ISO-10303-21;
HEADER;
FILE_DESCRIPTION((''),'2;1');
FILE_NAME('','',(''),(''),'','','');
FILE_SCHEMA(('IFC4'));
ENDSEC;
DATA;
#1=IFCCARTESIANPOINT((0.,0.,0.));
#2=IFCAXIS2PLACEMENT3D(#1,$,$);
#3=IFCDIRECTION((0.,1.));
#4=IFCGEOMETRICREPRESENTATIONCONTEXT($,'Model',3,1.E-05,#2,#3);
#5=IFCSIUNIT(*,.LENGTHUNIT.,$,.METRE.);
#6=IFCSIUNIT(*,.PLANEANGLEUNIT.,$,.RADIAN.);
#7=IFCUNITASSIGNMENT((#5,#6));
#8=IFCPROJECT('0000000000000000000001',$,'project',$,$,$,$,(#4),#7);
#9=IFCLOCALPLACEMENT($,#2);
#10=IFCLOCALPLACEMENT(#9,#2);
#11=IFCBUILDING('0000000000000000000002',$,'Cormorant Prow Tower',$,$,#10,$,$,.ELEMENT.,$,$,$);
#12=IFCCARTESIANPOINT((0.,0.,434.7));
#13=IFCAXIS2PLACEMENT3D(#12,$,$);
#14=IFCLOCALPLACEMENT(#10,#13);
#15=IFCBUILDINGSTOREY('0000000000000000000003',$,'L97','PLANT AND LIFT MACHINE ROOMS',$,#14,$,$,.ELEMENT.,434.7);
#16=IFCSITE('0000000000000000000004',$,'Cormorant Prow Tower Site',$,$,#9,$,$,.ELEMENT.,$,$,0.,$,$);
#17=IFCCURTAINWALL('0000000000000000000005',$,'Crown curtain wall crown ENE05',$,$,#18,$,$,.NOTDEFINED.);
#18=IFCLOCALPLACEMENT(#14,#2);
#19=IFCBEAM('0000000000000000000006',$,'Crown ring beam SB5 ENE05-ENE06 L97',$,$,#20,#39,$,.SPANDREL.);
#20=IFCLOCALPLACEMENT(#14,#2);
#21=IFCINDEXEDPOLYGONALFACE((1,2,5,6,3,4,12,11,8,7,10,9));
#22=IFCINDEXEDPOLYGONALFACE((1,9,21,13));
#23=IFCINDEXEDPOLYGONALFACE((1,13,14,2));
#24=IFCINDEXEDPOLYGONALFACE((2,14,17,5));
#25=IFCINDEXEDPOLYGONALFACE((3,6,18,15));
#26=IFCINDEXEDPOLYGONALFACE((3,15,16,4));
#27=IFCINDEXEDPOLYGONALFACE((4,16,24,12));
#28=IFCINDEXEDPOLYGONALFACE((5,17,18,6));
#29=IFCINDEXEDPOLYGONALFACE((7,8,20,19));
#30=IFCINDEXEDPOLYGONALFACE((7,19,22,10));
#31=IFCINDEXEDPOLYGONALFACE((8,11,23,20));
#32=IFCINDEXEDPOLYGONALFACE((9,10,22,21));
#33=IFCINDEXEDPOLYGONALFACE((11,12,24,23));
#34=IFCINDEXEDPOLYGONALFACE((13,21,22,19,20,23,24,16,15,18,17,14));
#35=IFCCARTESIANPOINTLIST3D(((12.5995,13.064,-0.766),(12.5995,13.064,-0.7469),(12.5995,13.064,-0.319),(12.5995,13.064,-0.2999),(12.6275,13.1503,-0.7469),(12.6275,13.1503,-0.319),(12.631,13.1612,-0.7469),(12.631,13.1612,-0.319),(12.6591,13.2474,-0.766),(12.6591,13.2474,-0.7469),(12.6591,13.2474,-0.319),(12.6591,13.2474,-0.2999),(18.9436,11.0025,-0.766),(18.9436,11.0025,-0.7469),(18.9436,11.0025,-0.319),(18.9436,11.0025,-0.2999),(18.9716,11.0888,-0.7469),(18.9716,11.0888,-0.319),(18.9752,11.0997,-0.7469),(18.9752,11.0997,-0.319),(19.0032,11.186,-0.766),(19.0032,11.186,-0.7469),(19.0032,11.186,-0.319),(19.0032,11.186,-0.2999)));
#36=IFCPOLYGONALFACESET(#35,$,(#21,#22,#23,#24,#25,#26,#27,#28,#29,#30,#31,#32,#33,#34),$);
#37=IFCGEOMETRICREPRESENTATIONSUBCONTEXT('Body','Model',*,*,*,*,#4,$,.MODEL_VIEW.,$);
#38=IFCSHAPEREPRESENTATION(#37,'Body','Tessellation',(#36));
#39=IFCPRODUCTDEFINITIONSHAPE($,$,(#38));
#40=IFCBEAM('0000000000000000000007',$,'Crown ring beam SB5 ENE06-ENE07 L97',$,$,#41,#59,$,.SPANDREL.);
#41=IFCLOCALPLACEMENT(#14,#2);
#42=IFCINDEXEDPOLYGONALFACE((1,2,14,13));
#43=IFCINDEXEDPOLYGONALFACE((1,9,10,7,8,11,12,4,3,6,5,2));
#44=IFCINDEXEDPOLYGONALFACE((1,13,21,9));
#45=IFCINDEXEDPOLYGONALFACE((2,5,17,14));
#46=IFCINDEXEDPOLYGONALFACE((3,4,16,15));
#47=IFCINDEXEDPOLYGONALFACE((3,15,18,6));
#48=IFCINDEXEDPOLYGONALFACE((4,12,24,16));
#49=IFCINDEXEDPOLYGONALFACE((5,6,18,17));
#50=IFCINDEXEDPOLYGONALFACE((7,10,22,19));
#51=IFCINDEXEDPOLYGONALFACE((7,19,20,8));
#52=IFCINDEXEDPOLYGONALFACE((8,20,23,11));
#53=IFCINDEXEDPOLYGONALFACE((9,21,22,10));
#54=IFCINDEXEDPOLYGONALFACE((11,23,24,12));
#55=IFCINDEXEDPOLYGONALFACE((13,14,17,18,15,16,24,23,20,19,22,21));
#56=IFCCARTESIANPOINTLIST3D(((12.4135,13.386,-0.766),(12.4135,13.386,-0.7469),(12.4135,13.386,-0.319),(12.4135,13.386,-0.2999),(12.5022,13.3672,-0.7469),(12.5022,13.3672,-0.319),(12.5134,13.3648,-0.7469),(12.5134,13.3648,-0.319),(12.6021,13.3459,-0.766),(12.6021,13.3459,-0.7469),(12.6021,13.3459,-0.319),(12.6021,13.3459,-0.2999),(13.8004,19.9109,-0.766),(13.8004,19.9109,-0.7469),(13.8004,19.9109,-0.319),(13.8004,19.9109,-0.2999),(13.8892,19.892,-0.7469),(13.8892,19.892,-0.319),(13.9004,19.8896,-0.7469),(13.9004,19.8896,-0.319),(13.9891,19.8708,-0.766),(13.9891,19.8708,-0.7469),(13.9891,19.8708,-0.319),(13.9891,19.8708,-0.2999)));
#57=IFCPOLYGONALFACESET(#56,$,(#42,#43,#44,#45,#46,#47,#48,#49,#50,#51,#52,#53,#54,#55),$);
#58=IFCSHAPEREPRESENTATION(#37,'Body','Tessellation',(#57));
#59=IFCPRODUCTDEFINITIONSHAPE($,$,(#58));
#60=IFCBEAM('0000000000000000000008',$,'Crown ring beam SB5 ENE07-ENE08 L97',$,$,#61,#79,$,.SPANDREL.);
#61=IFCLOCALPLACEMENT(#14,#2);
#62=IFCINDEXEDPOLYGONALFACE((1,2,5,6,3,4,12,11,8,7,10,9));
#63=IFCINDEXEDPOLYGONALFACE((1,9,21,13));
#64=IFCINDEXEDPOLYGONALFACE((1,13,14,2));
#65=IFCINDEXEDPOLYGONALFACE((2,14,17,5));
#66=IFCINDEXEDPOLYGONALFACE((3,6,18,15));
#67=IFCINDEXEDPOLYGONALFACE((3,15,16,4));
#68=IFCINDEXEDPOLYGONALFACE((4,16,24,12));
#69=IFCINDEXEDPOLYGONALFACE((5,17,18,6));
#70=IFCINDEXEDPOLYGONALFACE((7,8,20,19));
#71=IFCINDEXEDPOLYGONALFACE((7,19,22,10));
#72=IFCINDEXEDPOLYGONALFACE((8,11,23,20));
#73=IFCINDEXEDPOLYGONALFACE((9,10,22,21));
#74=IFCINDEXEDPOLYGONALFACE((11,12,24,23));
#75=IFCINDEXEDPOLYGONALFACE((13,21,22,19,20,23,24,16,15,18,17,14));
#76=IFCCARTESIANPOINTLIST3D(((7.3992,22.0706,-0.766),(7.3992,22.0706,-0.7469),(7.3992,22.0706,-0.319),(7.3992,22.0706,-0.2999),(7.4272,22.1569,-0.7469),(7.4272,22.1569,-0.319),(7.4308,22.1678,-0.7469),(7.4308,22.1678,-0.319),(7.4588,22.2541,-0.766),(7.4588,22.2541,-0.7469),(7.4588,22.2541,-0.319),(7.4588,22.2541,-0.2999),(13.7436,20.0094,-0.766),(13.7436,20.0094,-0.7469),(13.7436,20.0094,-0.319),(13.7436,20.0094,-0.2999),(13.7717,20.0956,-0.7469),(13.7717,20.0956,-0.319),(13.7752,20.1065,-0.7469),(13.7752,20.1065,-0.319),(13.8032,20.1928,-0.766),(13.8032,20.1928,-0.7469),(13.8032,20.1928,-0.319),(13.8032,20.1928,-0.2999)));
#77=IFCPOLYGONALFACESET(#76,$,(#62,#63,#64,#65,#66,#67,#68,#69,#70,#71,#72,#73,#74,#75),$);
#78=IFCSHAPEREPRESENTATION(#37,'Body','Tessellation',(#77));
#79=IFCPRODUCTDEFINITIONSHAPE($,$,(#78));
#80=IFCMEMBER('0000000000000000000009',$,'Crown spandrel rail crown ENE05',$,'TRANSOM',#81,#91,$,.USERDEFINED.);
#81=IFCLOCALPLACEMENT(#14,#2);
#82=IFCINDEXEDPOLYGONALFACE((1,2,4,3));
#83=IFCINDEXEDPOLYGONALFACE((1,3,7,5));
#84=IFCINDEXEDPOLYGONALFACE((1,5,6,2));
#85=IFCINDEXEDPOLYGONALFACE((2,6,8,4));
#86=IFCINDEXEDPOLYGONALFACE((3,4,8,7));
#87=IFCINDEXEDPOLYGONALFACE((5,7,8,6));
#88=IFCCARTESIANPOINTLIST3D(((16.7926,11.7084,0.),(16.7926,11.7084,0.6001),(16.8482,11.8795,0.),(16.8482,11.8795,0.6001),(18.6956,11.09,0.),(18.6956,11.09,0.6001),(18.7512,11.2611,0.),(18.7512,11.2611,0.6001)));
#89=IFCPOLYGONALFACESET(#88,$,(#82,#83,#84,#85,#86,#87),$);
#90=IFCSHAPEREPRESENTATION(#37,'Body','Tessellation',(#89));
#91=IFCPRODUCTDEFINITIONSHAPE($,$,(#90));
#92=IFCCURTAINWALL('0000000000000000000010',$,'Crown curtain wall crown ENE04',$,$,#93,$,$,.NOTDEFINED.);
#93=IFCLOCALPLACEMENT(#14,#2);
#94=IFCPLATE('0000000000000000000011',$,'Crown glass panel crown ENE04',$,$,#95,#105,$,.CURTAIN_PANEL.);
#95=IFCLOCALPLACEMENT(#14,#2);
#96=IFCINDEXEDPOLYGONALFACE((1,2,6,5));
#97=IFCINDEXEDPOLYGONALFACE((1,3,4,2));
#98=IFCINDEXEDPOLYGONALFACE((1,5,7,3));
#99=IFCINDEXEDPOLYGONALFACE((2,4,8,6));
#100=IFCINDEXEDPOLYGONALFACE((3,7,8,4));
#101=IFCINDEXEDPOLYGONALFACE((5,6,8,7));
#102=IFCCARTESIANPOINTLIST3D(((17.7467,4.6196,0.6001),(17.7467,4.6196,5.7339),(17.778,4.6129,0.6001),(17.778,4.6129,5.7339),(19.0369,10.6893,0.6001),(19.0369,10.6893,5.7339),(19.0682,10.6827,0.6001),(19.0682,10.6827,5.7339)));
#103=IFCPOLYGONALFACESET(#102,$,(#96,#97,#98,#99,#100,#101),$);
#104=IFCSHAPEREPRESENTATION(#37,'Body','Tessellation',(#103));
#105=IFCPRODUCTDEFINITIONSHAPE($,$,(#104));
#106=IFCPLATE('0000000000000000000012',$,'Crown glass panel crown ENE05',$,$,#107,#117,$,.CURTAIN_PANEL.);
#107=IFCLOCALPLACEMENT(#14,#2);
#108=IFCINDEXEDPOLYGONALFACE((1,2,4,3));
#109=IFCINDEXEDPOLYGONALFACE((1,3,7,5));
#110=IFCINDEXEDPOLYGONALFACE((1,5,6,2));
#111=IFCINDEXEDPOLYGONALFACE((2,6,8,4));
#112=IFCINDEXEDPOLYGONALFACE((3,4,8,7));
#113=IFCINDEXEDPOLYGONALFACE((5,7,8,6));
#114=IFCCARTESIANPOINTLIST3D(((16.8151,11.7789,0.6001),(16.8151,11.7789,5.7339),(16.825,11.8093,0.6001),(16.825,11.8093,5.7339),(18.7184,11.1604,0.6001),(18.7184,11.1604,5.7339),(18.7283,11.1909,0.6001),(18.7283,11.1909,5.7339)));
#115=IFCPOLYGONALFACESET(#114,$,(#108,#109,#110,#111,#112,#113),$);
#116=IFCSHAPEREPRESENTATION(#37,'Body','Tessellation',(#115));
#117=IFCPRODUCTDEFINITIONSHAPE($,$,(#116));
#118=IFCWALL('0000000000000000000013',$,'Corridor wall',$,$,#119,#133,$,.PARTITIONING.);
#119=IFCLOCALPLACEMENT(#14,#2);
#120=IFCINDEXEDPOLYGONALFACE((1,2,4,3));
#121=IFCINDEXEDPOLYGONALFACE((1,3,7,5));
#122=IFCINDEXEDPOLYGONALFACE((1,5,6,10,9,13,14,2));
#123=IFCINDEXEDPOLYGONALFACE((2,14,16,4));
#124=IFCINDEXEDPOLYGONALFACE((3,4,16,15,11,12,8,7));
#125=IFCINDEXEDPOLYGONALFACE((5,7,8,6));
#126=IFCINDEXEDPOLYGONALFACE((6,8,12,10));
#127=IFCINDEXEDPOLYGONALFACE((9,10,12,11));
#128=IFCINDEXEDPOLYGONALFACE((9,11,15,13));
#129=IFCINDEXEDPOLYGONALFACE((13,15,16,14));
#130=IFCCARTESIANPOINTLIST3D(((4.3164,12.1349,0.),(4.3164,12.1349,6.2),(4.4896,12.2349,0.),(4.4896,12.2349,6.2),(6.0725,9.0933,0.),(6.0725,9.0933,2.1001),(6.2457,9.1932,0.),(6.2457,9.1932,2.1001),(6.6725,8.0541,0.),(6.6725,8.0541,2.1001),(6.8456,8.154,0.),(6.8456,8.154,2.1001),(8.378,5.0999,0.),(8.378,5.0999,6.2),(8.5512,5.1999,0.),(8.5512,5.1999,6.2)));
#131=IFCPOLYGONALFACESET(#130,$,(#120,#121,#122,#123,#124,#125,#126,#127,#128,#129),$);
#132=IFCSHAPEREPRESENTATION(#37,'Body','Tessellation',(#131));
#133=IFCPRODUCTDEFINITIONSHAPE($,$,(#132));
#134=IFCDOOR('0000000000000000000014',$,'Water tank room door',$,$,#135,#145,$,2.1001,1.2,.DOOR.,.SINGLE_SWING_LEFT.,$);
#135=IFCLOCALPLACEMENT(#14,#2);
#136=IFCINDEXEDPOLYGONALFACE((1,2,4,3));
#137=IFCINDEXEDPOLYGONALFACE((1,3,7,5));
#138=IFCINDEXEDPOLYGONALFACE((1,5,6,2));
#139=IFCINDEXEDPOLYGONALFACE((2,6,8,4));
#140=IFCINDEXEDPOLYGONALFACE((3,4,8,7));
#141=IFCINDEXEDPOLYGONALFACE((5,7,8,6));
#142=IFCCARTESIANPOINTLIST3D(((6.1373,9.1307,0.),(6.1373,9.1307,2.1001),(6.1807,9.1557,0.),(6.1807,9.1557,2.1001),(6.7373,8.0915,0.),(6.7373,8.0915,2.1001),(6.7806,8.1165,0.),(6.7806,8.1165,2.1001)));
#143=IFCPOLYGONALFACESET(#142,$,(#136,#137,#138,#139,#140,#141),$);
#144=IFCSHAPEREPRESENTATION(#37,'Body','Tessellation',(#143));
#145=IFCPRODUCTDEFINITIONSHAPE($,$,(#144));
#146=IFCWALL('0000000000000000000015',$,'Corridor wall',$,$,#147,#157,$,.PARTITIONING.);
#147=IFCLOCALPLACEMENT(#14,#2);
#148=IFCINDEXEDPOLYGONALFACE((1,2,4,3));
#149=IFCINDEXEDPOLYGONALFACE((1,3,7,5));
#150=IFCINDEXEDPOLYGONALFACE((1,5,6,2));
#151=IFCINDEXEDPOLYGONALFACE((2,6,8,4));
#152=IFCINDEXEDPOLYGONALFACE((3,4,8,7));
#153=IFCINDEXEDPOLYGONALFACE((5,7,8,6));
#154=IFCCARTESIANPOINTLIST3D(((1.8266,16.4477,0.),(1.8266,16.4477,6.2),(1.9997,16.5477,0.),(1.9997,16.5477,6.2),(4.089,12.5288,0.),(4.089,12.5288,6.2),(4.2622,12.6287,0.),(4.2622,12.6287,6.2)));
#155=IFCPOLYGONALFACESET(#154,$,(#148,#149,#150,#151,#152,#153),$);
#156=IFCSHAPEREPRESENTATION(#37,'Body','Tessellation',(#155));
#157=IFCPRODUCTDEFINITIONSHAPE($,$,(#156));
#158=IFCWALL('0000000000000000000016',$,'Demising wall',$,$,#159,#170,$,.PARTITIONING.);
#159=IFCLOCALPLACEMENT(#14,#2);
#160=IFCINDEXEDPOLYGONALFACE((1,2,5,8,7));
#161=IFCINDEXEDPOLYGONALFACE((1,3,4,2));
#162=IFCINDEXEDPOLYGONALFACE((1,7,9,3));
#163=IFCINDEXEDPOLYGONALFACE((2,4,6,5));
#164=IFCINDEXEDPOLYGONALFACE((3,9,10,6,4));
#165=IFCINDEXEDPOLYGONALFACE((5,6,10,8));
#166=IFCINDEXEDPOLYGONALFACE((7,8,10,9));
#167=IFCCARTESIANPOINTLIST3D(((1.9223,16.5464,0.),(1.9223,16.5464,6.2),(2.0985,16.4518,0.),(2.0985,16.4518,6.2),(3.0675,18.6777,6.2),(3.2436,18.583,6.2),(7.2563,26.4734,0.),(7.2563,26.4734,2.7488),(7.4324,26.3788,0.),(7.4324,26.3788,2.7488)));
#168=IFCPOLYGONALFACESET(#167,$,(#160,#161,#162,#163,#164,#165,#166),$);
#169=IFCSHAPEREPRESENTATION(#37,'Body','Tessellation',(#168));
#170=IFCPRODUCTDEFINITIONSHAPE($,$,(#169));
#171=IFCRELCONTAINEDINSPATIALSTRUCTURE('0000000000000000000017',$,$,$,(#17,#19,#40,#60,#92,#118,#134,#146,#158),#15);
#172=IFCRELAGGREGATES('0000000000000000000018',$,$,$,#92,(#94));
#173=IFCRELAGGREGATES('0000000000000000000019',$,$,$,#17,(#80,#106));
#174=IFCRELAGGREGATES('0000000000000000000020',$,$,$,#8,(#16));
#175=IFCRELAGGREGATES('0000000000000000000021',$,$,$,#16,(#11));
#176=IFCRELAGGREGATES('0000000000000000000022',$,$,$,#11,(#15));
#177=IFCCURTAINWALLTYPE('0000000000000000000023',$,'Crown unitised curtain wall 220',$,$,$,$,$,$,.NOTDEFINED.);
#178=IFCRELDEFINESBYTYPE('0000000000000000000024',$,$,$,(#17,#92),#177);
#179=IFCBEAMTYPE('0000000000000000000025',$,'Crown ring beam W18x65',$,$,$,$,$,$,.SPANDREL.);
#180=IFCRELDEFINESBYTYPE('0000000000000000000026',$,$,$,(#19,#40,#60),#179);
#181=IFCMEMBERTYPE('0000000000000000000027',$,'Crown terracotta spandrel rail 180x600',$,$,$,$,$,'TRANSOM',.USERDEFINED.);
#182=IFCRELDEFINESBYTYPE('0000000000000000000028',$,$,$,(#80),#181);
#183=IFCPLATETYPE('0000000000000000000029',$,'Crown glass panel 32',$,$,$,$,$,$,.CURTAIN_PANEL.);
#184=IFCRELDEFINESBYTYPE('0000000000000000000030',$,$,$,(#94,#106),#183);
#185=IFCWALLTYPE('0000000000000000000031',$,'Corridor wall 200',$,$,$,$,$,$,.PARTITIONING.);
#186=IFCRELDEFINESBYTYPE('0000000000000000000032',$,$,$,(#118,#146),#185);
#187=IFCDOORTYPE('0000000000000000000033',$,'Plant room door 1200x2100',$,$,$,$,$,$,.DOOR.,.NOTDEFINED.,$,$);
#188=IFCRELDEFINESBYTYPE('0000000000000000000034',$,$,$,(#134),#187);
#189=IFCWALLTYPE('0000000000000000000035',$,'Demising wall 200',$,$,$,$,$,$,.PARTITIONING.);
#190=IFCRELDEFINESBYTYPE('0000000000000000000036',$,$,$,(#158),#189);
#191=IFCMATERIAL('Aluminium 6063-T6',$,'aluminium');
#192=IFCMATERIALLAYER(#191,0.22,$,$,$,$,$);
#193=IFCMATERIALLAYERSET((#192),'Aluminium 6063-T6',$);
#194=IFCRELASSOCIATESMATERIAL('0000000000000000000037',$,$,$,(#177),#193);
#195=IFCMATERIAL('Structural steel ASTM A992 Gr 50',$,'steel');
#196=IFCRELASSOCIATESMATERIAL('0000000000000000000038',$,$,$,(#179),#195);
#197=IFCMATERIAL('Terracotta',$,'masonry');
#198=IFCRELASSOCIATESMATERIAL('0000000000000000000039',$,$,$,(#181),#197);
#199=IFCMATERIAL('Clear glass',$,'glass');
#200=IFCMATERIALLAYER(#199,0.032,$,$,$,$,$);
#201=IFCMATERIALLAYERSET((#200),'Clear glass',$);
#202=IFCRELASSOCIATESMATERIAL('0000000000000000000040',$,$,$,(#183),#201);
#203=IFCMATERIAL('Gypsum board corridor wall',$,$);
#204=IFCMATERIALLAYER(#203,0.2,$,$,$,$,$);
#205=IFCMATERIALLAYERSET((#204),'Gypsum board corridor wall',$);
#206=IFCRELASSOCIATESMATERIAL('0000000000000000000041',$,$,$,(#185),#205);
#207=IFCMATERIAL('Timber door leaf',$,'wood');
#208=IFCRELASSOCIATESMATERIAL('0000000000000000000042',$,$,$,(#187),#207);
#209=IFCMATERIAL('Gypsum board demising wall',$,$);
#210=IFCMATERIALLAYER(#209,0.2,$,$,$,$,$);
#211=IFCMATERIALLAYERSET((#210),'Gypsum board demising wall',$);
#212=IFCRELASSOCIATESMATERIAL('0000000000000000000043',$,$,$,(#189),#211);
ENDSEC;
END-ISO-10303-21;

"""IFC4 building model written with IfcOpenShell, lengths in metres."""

from ifc_helpers import new_model, si_unit, direction, frame, frame_2d, origin, origin_2d, place, context, subcontext, project, spatial, polyline, rectangle, i_section, outline, extrude, material, layer, layer_set, material_profile, profile_set, type_object, element, fill, aggregate, save


model = new_model("IFC4")

# Units and contexts
model_context = context("Model", 3, precision=1e-05, world=origin(), true_north=direction((0.0, 1.0)))
body_context = subcontext(model_context, "Body", "Model", "MODEL_VIEW")
ifc_project = project(units=[si_unit("LENGTHUNIT", "METRE"), si_unit("PLANEANGLEUNIT", "RADIAN")], contexts=[model_context])

# Site, building, storey
site_placement = place(None, origin())
site = spatial("IfcSite", under=ifc_project, at=site_placement, Name="Cormorant Prow Tower Site", CompositionType="ELEMENT", RefElevation=0.0)
building_placement = place(site_placement, origin())
building = spatial("IfcBuilding", under=site, at=building_placement, Name="Cormorant Prow Tower", CompositionType="ELEMENT")
storey_placement = place(building_placement, frame((0.0, 0.0, 434.7)))
storey = spatial("IfcBuildingStorey", under=building, at=storey_placement, Name="L97", Description="PLANT AND LIFT MACHINE ROOMS", CompositionType="ELEMENT", Elevation=434.7)

# Curtain wall
ifc_material_1 = material(Name="Aluminium 6063-T6", Category="aluminium")
ifc_layer_1 = layer(ifc_material_1, 0.22)
ifc_layer_set_1 = layer_set([ifc_layer_1], Name="Aluminium 6063-T6")
curtain_wall_type = type_object("IfcCurtainWallType", Name="Crown unitised curtain wall 220", PredefinedType="NOTDEFINED", material=ifc_layer_set_1)
curtain_wall_1_placement = place(storey_placement, origin())
curtain_wall_1 = element("IfcCurtainWall", 1, at=curtain_wall_1_placement, inside=storey, type_object=curtain_wall_type, Name="Crown curtain wall crown ENE05", PredefinedType="NOTDEFINED")

# Beams
ifc_material_2 = material(Name="Structural steel ASTM A992 Gr 50", Category="steel")
ifc_material_profile_1 = material_profile(ifc_material_2, i_section(OverallWidth=0.1929, OverallDepth=0.4661, WebThickness=0.0115, FlangeThickness=0.019, at=origin_2d()), Name="W18x65")
ifc_profile_set_1 = profile_set([ifc_material_profile_1], Name="Structural steel ASTM A992 Gr 50")
beam_type = type_object("IfcBeamType", Name="Crown ring beam W18x65", PredefinedType="SPANDREL", material=ifc_profile_set_1)
for number, where, z_axis, x_axis, name in (
    (2, (18.9734, 11.0942, -0.533), (-0.95105, 0.309038, 0.0), (-0.309038, -0.95105, 0.0), "Crown ring beam SB5 ENE05-ENE06 L97"),
    (3, (12.5078, 13.366, -0.533), (0.207919, 0.978146, 0.0), (-0.978146, 0.207919, 0.0), "Crown ring beam SB5 ENE06-ENE07 L97"),
):
    element("IfcBeam", number, at=place(storey_placement, frame(where, z_axis=z_axis, x_axis=x_axis)), inside=storey, type_object=beam_type, Name=name, PredefinedType="SPANDREL", context=body_context, shape_type="SweptSolid", body=[
        extrude(i_section(OverallWidth=0.1929, OverallDepth=0.4661, WebThickness=0.0115, FlangeThickness=0.019, at=origin_2d()), origin(), (0.0, 0.0, 1.0), 6.6707),
    ])
beam_placement = place(storey_placement, frame((13.7734, 20.1011, -0.533), z_axis=(-0.951064, 0.308994, 0.0), x_axis=(-0.308994, -0.951064, 0.0)))
element("IfcBeam", 4, at=beam_placement, inside=storey, type_object=beam_type, Name="Crown ring beam SB5 ENE07-ENE08 L97", PredefinedType="SPANDREL", context=body_context, shape_type="SweptSolid", body=[
    extrude(i_section(OverallWidth=0.1929, OverallDepth=0.4661, WebThickness=0.0115, FlangeThickness=0.019, at=origin_2d()), origin(), (0.0, 0.0, 1.0), 6.6709),
])

# Member
ifc_material_3 = material(Name="Terracotta", Category="masonry")
ifc_material_profile_2 = material_profile(ifc_material_3, rectangle(XDim=0.1799, YDim=0.6001, at=origin_2d()), Name="Crown terracotta spandrel rail 180x600")
ifc_profile_set_2 = profile_set([ifc_material_profile_2], Name="Terracotta")
member_type_1 = type_object("IfcMemberType", Name="Crown terracotta spandrel rail 180x600", ElementType="TRANSOM", PredefinedType="USERDEFINED", material=ifc_profile_set_2)
member_1_placement = place(storey_placement, frame((18.7234, 11.1755, 0.3), z_axis=(-0.951048, 0.309045, 0.0), x_axis=(-0.309045, -0.951048, 0.0)))
member_1 = element("IfcMember", 5, at=member_1_placement, type_object=member_type_1, Name="Crown spandrel rail crown ENE05", ObjectType="TRANSOM", PredefinedType="USERDEFINED", context=body_context, shape_type="SweptSolid", body=[
    extrude(rectangle(XDim=0.1799, YDim=0.6001, at=origin_2d()), origin(), (0.0, 0.0, 1.0), 2.001),
])

# Curtain wall, plate
curtain_wall_2_placement = place(storey_placement, origin())
curtain_wall_2 = element("IfcCurtainWall", 6, at=curtain_wall_2_placement, inside=storey, type_object=curtain_wall_type, Name="Crown curtain wall crown ENE04", PredefinedType="NOTDEFINED")
ifc_material_4 = material(Name="Clear glass", Category="glass")
ifc_layer_2 = layer(ifc_material_4, 0.032)
ifc_layer_set_2 = layer_set([ifc_layer_2], Name="Clear glass")
plate_type = type_object("IfcPlateType", Name="Crown glass panel 32", PredefinedType="CURTAIN_PANEL", material=ifc_layer_set_2)
plate_1_placement = place(storey_placement, frame((18.4075, 7.6511, 0.6001), z_axis=(0.0, 0.0, 1.0), x_axis=(0.207912, 0.978148, 0.0)))
plate_1 = element("IfcPlate", 7, at=plate_1_placement, type_object=plate_type, Name="Crown glass panel crown ENE04", PredefinedType="CURTAIN_PANEL", context=body_context, shape_type="SweptSolid", body=[
    extrude(rectangle(XDim=6.2053, YDim=0.032, at=origin_2d()), origin(), (0.0, 0.0, 1.0), 5.1338),
])
aggregate(curtain_wall_2, [plate_1])

# Plate
plate_2_placement = place(storey_placement, frame((17.7717, 11.4849, 0.6001), z_axis=(0.0, 0.0, 1.0), x_axis=(-0.951056, 0.309017, 0.0)))
plate_2 = element("IfcPlate", 8, at=plate_2_placement, type_object=plate_type, Name="Crown glass panel crown ENE05", PredefinedType="CURTAIN_PANEL", context=body_context, shape_type="SweptSolid", body=[
    extrude(rectangle(XDim=2.0012, YDim=0.032, at=origin_2d()), origin(), (0.0, 0.0, 1.0), 5.1338),
])
aggregate(curtain_wall_1, [member_1, plate_2])

# Wall, opening, door
ifc_material_5 = material(Name="Gypsum board corridor wall")
ifc_layer_3 = layer(ifc_material_5, 0.2)
ifc_layer_set_3 = layer_set([ifc_layer_3], Name="Gypsum board corridor wall")
wall_type_1 = type_object("IfcWallType", Name="Corridor wall 200", PredefinedType="PARTITIONING", material=ifc_layer_set_3)
wall_1_placement = place(storey_placement, frame((4.4031, 12.1848, 0.0), z_axis=(0.0, 0.0, 1.0), x_axis=(0.499992, -0.86603, 0.0)))
wall_1 = element("IfcWall", 9, at=wall_1_placement, inside=storey, type_object=wall_type_1, Name="Corridor wall", PredefinedType="PARTITIONING", context=body_context, shape_type="SweptSolid", body=[
    extrude(rectangle(XDim=8.1233, YDim=0.2, at=frame_2d((4.0615, 0.0))), origin(), (0.0, 0.0, 1.0), 6.2),
])
opening_1_placement = place(wall_1_placement, frame((3.512, 0.0, 0.0)))
opening_1 = element("IfcOpeningElement", 10, at=opening_1_placement, cuts=wall_1, PredefinedType="OPENING", context=body_context, shape_type="SweptSolid", body=[
    extrude(rectangle(XDim=1.2, YDim=2.1001, at=frame_2d((0.6001, 1.05))), frame((0.0, 0.1099, 0.0), z_axis=(0.0, -1.0, 0.0), x_axis=(1.0, 0.0, 0.0)), (0.0, 0.0, 1.0), 0.22),
])
ifc_material_6 = material(Name="Timber door leaf", Category="wood")
door_type_1 = type_object("IfcDoorType", Name="Plant room door 1200x2100", OperationType="NOTDEFINED", PredefinedType="DOOR", material=ifc_material_6)
door_1_placement = place(opening_1_placement, origin())
door_1 = element("IfcDoor", 11, at=door_1_placement, inside=storey, type_object=door_type_1, Name="Water tank room door", OperationType="SINGLE_SWING_LEFT", OverallHeight=2.1001, OverallWidth=1.2, PredefinedType="DOOR", context=body_context, shape_type="SweptSolid", body=[
    extrude(rectangle(XDim=1.2, YDim=2.1001, at=frame_2d((0.6001, 1.05))), frame((0.0, 0.0249, 0.0), z_axis=(0.0, -1.0, 0.0), x_axis=(1.0, 0.0, 0.0)), (0.0, 0.0, 1.0), 0.05),
])
fill(opening_1, door_1)

# Walls
wall_2_placement = place(storey_placement, frame((1.9131, 16.4978, 0.0), z_axis=(0.0, 0.0, 1.0), x_axis=(0.499975, -0.86604, 0.0)))
element("IfcWall", 12, at=wall_2_placement, inside=storey, type_object=wall_type_1, Name="Corridor wall", PredefinedType="PARTITIONING", context=body_context, shape_type="SweptSolid", body=[
    extrude(rectangle(XDim=4.5251, YDim=0.2, at=frame_2d((2.2627, 0.0))), origin(), (0.0, 0.0, 1.0), 6.2),
])
ifc_material_7 = material(Name="Gypsum board demising wall")
ifc_layer_4 = layer(ifc_material_7, 0.2)
ifc_layer_set_4 = layer_set([ifc_layer_4], Name="Gypsum board demising wall")
wall_type_2 = type_object("IfcWallType", Name="Demising wall 200", PredefinedType="PARTITIONING", material=ifc_layer_set_4)
wall_3_placement = place(storey_placement, frame((2.0105, 16.499, 0.0), z_axis=(0.0, 0.0, 1.0), x_axis=(0.473321, 0.88089, 0.0)))
element("IfcWall", 13, at=wall_3_placement, inside=storey, type_object=wall_type_2, Name="Demising wall", PredefinedType="PARTITIONING", context=body_context, shape_type="SweptSolid", body=[
    extrude(outline(polyline([(0.0, 0.0), (11.2693, 0.0), (11.2693, 2.7488), (2.4194, 6.2), (0.0, 6.2), (0.0, 0.0)])), frame((0.0, 0.1001, 0.0), z_axis=(0.0, -1.0, 0.0), x_axis=(1.0, 0.0, 0.0)), (0.0, 0.0, 1.0), 0.2),
])

save(model, "model.ifc")
